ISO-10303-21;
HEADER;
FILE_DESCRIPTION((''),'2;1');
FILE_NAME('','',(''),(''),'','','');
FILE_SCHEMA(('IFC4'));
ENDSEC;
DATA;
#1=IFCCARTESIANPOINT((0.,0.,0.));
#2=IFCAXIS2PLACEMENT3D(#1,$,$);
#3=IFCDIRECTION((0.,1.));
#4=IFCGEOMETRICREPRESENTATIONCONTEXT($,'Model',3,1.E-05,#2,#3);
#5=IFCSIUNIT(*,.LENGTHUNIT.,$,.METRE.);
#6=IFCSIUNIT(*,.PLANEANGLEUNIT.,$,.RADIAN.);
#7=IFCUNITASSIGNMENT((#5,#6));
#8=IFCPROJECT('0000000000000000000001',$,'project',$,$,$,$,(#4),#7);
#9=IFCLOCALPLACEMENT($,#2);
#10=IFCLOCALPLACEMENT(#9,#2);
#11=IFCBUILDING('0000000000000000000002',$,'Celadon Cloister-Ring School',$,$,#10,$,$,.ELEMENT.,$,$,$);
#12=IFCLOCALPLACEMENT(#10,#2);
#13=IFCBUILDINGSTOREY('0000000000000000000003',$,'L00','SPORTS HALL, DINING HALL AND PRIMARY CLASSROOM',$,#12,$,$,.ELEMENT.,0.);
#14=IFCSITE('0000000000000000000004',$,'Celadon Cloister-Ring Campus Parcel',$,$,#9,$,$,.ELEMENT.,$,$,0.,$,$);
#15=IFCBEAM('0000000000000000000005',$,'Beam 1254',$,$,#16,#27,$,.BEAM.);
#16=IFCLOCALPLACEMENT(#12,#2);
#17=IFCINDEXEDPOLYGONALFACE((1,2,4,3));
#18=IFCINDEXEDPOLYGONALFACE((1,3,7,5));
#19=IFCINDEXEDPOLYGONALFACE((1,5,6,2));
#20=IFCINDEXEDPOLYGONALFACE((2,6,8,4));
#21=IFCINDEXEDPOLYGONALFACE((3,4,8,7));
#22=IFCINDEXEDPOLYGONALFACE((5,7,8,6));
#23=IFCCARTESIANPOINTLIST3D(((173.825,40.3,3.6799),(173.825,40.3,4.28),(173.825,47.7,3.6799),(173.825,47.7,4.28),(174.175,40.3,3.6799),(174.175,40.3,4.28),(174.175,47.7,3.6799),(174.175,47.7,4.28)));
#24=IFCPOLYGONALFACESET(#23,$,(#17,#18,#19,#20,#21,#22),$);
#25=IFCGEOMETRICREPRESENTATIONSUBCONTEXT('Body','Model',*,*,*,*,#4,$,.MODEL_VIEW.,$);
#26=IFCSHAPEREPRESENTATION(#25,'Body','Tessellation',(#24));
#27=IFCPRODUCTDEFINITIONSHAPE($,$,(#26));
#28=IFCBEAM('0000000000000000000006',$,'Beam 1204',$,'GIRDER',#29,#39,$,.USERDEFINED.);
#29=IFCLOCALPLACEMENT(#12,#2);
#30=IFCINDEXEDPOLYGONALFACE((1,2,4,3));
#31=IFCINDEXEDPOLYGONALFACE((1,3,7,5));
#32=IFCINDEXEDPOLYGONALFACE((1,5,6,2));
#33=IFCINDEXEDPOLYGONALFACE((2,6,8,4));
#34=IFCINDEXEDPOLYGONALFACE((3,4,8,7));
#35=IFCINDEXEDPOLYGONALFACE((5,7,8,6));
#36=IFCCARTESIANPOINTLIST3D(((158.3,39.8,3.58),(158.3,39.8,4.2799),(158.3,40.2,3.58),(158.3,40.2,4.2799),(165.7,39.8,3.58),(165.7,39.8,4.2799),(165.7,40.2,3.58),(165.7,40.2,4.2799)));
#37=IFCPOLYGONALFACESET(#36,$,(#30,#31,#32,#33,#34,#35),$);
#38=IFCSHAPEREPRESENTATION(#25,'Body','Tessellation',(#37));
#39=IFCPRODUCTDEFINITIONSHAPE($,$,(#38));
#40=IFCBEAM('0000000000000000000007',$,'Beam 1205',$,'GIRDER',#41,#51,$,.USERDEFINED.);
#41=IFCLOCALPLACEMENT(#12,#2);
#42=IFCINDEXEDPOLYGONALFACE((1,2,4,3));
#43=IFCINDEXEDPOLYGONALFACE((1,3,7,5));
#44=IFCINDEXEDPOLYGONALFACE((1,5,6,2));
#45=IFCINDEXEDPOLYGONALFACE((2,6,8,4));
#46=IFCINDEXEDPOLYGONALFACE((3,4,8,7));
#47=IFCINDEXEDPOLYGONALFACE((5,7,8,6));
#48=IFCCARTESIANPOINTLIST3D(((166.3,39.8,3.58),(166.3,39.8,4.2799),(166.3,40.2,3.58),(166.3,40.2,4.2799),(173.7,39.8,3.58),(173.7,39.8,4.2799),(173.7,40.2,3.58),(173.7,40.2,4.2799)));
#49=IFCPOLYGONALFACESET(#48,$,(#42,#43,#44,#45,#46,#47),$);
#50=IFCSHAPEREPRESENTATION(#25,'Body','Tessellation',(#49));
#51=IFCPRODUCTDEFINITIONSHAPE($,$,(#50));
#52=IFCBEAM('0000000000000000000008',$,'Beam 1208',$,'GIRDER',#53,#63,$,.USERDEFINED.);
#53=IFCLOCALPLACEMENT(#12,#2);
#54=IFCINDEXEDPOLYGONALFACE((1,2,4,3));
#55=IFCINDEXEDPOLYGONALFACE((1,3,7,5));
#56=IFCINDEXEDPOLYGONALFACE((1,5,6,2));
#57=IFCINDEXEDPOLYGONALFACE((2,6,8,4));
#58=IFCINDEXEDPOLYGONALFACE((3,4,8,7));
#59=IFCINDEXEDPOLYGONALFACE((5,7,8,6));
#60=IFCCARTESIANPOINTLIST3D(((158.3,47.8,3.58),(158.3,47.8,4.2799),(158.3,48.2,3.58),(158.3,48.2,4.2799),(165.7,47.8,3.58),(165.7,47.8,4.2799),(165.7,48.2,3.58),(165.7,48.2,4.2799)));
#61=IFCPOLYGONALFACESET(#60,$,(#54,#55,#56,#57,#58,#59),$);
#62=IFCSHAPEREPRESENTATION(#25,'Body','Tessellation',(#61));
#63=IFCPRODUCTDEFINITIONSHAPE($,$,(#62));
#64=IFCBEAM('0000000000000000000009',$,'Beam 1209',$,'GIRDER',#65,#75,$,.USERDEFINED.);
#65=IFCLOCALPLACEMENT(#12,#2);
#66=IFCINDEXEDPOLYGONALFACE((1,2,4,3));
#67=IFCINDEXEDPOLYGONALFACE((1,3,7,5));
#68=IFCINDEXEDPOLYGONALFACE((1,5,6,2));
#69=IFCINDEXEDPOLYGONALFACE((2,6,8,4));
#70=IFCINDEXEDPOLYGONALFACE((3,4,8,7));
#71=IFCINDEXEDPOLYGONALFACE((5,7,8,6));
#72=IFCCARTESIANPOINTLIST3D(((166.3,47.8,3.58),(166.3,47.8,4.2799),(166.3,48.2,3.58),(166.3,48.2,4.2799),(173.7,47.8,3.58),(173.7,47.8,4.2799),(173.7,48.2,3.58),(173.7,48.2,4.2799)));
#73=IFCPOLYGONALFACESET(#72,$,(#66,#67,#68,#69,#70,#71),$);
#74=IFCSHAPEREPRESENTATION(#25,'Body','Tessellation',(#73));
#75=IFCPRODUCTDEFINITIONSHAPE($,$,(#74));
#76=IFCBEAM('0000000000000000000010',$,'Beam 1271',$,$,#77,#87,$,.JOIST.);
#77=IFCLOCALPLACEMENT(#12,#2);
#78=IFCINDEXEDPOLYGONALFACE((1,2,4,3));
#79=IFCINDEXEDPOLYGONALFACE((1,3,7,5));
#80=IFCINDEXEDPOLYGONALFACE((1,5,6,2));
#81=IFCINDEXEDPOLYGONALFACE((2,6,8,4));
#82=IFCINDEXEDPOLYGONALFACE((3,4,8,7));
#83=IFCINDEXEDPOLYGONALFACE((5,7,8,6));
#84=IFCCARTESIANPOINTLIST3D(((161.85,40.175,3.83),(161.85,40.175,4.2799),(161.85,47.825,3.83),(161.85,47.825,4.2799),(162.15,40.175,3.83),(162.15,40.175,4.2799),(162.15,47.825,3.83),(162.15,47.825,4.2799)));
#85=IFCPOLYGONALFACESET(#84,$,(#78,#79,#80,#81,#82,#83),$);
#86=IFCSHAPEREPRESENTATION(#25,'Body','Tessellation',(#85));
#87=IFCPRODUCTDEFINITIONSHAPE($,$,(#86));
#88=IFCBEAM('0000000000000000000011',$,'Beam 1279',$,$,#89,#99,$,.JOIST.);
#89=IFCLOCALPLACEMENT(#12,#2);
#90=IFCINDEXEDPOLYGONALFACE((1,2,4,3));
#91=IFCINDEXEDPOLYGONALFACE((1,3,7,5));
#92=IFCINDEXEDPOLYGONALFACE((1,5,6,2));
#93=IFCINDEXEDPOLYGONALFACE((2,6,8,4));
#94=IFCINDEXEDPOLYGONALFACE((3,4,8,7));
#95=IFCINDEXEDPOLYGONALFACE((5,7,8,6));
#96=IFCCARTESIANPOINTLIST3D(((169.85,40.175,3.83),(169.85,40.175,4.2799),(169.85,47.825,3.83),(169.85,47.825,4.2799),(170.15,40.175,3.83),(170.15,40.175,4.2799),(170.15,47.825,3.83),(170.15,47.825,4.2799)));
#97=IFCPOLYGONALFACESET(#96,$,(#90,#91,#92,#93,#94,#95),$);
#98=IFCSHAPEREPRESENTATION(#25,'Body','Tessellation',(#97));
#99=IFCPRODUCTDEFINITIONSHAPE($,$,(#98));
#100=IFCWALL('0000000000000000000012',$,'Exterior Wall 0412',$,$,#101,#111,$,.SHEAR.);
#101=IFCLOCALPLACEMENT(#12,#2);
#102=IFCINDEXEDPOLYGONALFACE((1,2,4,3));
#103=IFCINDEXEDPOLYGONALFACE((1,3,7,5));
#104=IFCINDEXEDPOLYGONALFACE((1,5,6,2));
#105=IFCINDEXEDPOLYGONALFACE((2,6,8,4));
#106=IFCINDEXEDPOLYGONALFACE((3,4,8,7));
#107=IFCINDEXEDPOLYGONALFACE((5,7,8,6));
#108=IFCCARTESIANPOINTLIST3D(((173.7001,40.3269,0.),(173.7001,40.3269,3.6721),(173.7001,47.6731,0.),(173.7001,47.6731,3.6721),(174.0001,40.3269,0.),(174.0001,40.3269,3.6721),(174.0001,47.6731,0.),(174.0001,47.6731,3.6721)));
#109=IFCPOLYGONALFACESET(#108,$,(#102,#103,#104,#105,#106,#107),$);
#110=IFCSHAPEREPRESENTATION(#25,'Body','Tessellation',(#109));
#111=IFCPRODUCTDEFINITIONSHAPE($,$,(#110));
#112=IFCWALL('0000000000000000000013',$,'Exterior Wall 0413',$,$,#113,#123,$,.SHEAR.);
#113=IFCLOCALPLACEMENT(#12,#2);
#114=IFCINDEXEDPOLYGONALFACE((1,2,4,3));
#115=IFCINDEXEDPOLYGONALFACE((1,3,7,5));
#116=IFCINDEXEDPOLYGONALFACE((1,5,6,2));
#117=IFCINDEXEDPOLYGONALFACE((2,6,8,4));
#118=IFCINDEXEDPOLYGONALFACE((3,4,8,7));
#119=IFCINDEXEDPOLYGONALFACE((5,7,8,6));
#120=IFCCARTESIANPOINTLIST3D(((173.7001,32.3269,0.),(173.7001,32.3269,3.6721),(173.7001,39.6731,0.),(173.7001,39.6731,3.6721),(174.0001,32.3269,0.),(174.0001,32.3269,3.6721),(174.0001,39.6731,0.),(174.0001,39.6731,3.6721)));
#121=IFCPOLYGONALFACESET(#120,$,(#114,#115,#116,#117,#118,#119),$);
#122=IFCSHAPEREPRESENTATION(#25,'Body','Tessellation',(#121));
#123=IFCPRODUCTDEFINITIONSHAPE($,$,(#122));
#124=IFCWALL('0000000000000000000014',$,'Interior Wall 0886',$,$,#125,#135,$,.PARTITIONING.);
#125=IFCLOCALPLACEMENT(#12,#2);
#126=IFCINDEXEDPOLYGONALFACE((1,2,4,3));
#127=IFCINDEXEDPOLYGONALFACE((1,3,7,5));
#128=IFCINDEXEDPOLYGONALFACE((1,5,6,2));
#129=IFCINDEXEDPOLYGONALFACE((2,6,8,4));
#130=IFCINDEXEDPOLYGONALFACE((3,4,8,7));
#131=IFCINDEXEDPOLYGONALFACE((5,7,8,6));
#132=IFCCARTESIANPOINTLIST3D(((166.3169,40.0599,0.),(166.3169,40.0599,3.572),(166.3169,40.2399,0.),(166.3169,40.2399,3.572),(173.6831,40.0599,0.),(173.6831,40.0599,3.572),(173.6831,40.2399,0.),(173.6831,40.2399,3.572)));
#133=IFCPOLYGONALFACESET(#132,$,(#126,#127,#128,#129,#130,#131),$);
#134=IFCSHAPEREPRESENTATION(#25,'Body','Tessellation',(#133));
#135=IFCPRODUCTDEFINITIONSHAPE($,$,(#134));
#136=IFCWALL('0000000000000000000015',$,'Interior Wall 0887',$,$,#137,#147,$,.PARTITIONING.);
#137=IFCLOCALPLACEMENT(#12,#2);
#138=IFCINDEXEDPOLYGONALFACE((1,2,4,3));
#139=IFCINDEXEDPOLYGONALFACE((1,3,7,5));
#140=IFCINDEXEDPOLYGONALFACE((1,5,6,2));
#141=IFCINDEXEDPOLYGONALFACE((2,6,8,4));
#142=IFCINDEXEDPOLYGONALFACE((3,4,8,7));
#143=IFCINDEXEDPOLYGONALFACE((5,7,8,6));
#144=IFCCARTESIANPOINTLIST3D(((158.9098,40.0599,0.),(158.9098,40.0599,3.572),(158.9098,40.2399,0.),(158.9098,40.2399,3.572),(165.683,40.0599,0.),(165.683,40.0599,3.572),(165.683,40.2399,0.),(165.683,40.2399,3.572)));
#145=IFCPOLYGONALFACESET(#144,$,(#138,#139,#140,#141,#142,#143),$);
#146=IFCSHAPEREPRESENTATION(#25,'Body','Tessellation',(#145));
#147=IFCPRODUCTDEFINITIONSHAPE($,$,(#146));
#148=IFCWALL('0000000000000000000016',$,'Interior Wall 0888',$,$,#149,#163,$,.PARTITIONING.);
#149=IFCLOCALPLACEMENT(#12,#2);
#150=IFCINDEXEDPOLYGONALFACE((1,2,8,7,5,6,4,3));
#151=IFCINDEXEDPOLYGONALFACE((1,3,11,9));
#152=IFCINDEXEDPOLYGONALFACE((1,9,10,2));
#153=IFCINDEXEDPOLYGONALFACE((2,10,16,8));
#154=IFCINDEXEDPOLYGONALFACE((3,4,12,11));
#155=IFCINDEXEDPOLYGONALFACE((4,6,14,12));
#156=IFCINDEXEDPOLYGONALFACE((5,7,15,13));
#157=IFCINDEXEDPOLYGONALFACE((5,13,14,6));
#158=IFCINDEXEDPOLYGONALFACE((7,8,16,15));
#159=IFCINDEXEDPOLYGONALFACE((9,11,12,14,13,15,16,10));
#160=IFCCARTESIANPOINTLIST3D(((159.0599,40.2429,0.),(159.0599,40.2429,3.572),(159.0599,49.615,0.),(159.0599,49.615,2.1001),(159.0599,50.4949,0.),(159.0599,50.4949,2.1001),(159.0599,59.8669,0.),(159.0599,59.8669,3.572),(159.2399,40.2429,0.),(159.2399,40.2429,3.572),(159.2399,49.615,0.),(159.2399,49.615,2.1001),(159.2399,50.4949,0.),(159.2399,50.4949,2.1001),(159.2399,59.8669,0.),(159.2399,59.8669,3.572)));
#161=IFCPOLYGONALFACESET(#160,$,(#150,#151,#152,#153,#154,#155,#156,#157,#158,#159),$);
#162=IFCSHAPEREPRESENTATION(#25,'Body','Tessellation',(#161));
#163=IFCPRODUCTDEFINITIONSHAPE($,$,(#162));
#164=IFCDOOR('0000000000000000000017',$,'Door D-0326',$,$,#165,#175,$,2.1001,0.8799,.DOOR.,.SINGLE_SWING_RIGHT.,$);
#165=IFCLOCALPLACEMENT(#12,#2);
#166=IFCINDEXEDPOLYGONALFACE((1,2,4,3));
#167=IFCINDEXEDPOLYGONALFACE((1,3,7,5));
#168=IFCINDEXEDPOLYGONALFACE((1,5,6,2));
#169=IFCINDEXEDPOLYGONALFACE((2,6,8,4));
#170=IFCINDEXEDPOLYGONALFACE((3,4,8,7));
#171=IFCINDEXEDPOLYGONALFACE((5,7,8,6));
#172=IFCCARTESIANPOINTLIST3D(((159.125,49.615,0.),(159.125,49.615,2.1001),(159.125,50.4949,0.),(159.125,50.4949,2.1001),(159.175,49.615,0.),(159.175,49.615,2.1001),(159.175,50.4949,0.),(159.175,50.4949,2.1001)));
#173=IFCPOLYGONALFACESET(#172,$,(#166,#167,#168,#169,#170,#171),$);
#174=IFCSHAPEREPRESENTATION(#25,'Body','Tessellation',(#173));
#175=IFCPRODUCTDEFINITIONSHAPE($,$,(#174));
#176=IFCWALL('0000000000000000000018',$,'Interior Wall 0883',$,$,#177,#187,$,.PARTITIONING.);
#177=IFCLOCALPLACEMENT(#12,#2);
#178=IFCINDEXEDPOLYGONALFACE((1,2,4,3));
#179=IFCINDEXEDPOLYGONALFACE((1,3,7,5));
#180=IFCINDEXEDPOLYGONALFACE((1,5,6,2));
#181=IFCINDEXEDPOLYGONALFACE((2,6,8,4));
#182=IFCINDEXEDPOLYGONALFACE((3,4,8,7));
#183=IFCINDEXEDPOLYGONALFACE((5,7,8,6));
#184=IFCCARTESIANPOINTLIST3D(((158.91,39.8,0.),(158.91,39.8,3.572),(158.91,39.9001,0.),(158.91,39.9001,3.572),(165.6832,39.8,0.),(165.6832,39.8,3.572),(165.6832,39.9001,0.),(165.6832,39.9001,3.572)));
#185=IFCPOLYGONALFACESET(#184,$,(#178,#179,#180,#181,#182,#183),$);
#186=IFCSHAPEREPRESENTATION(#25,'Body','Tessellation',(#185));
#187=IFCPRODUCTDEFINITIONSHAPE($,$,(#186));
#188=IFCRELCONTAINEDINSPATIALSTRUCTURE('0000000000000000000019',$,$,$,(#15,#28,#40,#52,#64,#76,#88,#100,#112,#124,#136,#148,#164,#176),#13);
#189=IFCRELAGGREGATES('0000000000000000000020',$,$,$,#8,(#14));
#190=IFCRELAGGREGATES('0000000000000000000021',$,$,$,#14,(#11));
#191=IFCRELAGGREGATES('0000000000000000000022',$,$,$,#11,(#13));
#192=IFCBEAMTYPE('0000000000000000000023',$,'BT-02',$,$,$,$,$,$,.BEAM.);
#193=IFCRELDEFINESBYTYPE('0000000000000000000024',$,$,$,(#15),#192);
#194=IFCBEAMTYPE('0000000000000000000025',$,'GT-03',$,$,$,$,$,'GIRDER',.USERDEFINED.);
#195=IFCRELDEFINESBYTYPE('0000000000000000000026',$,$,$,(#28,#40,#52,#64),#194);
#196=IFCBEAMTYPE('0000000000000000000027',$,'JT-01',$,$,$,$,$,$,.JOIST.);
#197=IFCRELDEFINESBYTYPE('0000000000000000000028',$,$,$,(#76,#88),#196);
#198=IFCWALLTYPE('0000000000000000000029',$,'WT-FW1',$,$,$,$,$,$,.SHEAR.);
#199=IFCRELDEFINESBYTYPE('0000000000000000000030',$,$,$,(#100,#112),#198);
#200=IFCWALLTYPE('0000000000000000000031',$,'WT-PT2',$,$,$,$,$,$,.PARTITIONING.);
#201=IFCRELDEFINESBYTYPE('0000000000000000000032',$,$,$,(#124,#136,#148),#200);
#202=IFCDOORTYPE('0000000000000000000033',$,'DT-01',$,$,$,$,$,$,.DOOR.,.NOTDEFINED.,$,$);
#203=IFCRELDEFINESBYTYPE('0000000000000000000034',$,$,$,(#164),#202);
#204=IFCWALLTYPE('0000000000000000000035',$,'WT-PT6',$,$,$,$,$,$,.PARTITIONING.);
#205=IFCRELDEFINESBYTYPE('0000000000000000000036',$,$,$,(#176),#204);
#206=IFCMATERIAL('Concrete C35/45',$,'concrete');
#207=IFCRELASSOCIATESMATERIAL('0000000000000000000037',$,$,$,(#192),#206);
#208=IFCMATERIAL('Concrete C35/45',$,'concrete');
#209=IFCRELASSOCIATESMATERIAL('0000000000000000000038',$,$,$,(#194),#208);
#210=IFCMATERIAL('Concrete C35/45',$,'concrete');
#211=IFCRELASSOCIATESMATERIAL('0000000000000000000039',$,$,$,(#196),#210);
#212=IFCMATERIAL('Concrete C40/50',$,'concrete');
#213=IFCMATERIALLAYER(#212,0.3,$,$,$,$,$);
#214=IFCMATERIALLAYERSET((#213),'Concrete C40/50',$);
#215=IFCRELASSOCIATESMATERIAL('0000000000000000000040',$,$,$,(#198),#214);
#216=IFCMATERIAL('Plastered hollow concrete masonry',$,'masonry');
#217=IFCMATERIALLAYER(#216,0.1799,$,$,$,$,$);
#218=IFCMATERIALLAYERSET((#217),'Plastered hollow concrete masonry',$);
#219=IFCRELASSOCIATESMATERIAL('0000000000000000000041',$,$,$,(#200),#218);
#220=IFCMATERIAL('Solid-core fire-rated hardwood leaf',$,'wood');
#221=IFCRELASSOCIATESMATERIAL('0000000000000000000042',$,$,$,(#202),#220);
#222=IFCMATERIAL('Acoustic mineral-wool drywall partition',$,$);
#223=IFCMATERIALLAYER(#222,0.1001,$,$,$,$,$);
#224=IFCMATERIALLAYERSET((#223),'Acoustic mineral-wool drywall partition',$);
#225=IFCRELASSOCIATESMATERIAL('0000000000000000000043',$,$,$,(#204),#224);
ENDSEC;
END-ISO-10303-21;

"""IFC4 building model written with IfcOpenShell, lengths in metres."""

from ifc_helpers import new_model, si_unit, direction, frame, frame_2d, origin, origin_2d, place, context, subcontext, project, spatial, rectangle, extrude, material, layer, layer_set, material_profile, profile_set, type_object, element, fill, save


model = new_model("IFC4")

# Units and contexts
model_context = context("Model", 3, precision=1e-05, world=origin(), true_north=direction((0.0, 1.0)))
body_context = subcontext(model_context, "Body", "Model", "MODEL_VIEW")
ifc_project = project(units=[si_unit("LENGTHUNIT", "METRE"), si_unit("PLANEANGLEUNIT", "RADIAN")], contexts=[model_context])

# Site, building, storey
site_placement = place(None, origin())
site = spatial("IfcSite", under=ifc_project, at=site_placement, Name="Celadon Cloister-Ring Campus Parcel", CompositionType="ELEMENT", RefElevation=0.0)
building_placement = place(site_placement, origin())
building = spatial("IfcBuilding", under=site, at=building_placement, Name="Celadon Cloister-Ring School", CompositionType="ELEMENT")
storey_placement = place(building_placement, origin())
storey = spatial("IfcBuildingStorey", under=building, at=storey_placement, Name="L00", Description="SPORTS HALL, DINING HALL AND PRIMARY CLASSROOM", CompositionType="ELEMENT", Elevation=0.0)

# Beams
ifc_material_1 = material(Name="Concrete C35/45", Category="concrete")
ifc_material_profile_1 = material_profile(ifc_material_1, rectangle(XDim=0.3501, YDim=0.6001, at=origin_2d()), Name="RC350X600")
ifc_profile_set_1 = profile_set([ifc_material_profile_1], Name="Concrete C35/45")
beam_type_1 = type_object("IfcBeamType", Name="BT-02", PredefinedType="BEAM", material=ifc_profile_set_1)
beam_1_placement = place(storey_placement, frame((174.0, 40.3, 3.98), z_axis=(0.0, 1.0, 0.0), x_axis=(-1.0, 0.0, 0.0)))
element("IfcBeam", 1, at=beam_1_placement, inside=storey, type_object=beam_type_1, Name="Beam 1254", PredefinedType="BEAM", context=body_context, shape_type="SweptSolid", body=[
    extrude(rectangle(XDim=0.3501, YDim=0.6001, at=origin_2d()), origin(), (0.0, 0.0, 1.0), 7.3999),
])
ifc_material_2 = material(Name="Concrete C35/45", Category="concrete")
ifc_material_profile_2 = material_profile(ifc_material_2, rectangle(XDim=0.3999, YDim=0.7, at=origin_2d()), Name="RC400X700")
ifc_profile_set_2 = profile_set([ifc_material_profile_2], Name="Concrete C35/45")
beam_type_2 = type_object("IfcBeamType", Name="GT-03", ElementType="GIRDER", PredefinedType="USERDEFINED", material=ifc_profile_set_2)
for number, where, z_axis, x_axis, name in (
    (2, (158.3, 40.0, 3.9299), (1.0, 0.0, 0.0), (0.0, 1.0, 0.0), "Beam 1204"),
    (3, (166.3, 40.0, 3.9299), (1.0, 0.0, 0.0), (0.0, 1.0, 0.0), "Beam 1205"),
    (4, (158.3, 48.0, 3.9299), (1.0, 0.0, 0.0), (0.0, 1.0, 0.0), "Beam 1208"),
    (5, (166.3, 48.0, 3.9299), (1.0, 0.0, 0.0), (0.0, 1.0, 0.0), "Beam 1209"),
):
    element("IfcBeam", number, at=place(storey_placement, frame(where, z_axis=z_axis, x_axis=x_axis)), inside=storey, type_object=beam_type_2, Name=name, ObjectType="GIRDER", PredefinedType="USERDEFINED", context=body_context, shape_type="SweptSolid", body=[
        extrude(rectangle(XDim=0.3999, YDim=0.7, at=origin_2d()), origin(), (0.0, 0.0, 1.0), 7.3999),
    ])
ifc_material_3 = material(Name="Concrete C35/45", Category="concrete")
ifc_material_profile_3 = material_profile(ifc_material_3, rectangle(XDim=0.3, YDim=0.45, at=origin_2d()), Name="RC300X450")
ifc_profile_set_3 = profile_set([ifc_material_profile_3], Name="Concrete C35/45")
beam_type_3 = type_object("IfcBeamType", Name="JT-01", PredefinedType="JOIST", material=ifc_profile_set_3)
for number, where, z_axis, x_axis, name in (
    (6, (162.0, 40.175, 4.0549), (0.0, 1.0, 0.0), (-1.0, 0.0, 0.0), "Beam 1271"),
    (7, (170.0, 40.175, 4.0549), (0.0, 1.0, 0.0), (-1.0, 0.0, 0.0), "Beam 1279"),
):
    element("IfcBeam", number, at=place(storey_placement, frame(where, z_axis=z_axis, x_axis=x_axis)), inside=storey, type_object=beam_type_3, Name=name, PredefinedType="JOIST", context=body_context, shape_type="SweptSolid", body=[
        extrude(rectangle(XDim=0.3, YDim=0.45, at=origin_2d()), origin(), (0.0, 0.0, 1.0), 7.6499),
    ])

# Walls
ifc_material_4 = material(Name="Concrete C40/50", Category="concrete")
ifc_layer_1 = layer(ifc_material_4, 0.3)
ifc_layer_set_1 = layer_set([ifc_layer_1], Name="Concrete C40/50")
wall_type_1 = type_object("IfcWallType", Name="WT-FW1", PredefinedType="SHEAR", material=ifc_layer_set_1)
for number, where, z_axis, x_axis, name in (
    (8, (173.8501, 47.6731, 0.0), (0.0, 0.0, 1.0), (0.0, -1.0, 0.0), "Exterior Wall 0412"),
    (9, (173.8501, 39.6731, 0.0), (0.0, 0.0, 1.0), (0.0, -1.0, 0.0), "Exterior Wall 0413"),
):
    element("IfcWall", number, at=place(storey_placement, frame(where, z_axis=z_axis, x_axis=x_axis)), inside=storey, type_object=wall_type_1, Name=name, PredefinedType="SHEAR", context=body_context, shape_type="SweptSolid", body=[
        extrude(rectangle(XDim=7.3462, YDim=0.3, at=frame_2d((3.6731, 0.0))), origin(), (0.0, 0.0, 1.0), 3.6721),
    ])
ifc_material_5 = material(Name="Plastered hollow concrete masonry", Category="masonry")
ifc_layer_2 = layer(ifc_material_5, 0.1799)
ifc_layer_set_2 = layer_set([ifc_layer_2], Name="Plastered hollow concrete masonry")
wall_type_2 = type_object("IfcWallType", Name="WT-PT2", PredefinedType="PARTITIONING", material=ifc_layer_set_2)
wall_1_placement = place(storey_placement, frame((173.6831, 40.1499, 0.0), z_axis=(0.0, 0.0, 1.0), x_axis=(-1.0, 0.0, 0.0)))
element("IfcWall", 10, at=wall_1_placement, inside=storey, type_object=wall_type_2, Name="Interior Wall 0886", PredefinedType="PARTITIONING", context=body_context, shape_type="SweptSolid", body=[
    extrude(rectangle(XDim=7.3662, YDim=0.1799, at=frame_2d((3.6831, 0.0))), origin(), (0.0, 0.0, 1.0), 3.572),
])
wall_2_placement = place(storey_placement, frame((165.6831, 40.1499, 0.0), z_axis=(0.0, 0.0, 1.0), x_axis=(-1.0, 0.0, 0.0)))
element("IfcWall", 11, at=wall_2_placement, inside=storey, type_object=wall_type_2, Name="Interior Wall 0887", PredefinedType="PARTITIONING", context=body_context, shape_type="SweptSolid", body=[
    extrude(rectangle(XDim=6.7732, YDim=0.1799, at=frame_2d((3.3867, 0.0))), origin(), (0.0, 0.0, 1.0), 3.572),
])

# Wall, opening, door
wall_3_placement = place(storey_placement, frame((159.1499, 40.2429, 0.0), z_axis=(0.0, 0.0, 1.0), x_axis=(0.0, 1.0, 0.0)))
wall_3 = element("IfcWall", 12, at=wall_3_placement, inside=storey, type_object=wall_type_2, Name="Interior Wall 0888", PredefinedType="PARTITIONING", context=body_context, shape_type="SweptSolid", body=[
    extrude(rectangle(XDim=19.624, YDim=0.1799, at=frame_2d((9.812, 0.0))), origin(), (0.0, 0.0, 1.0), 3.572),
])
opening_placement = place(wall_3_placement, frame((9.3721, 0.0, 0.0)))
opening = element("IfcOpeningElement", 13, at=opening_placement, cuts=wall_3, PredefinedType="OPENING", context=body_context, shape_type="SweptSolid", body=[
    extrude(rectangle(XDim=0.8799, YDim=2.1001, at=frame_2d((0.4399, 1.05))), frame((0.0, 0.1001, 0.0), z_axis=(0.0, -1.0, 0.0), x_axis=(1.0, 0.0, 0.0)), (0.0, 0.0, 1.0), 0.2),
])
ifc_material_6 = material(Name="Solid-core fire-rated hardwood leaf", Category="wood")
door_type = type_object("IfcDoorType", Name="DT-01", OperationType="NOTDEFINED", PredefinedType="DOOR", material=ifc_material_6)
door_placement = place(opening_placement, origin())
door = element("IfcDoor", 14, at=door_placement, inside=storey, type_object=door_type, Name="Door D-0326", OperationType="SINGLE_SWING_RIGHT", OverallHeight=2.1001, OverallWidth=0.8799, PredefinedType="DOOR", context=body_context, shape_type="SweptSolid", body=[
    extrude(rectangle(XDim=0.8799, YDim=2.1001, at=frame_2d((0.4399, 1.05))), frame((0.0, 0.0249, 0.0), z_axis=(0.0, -1.0, 0.0), x_axis=(1.0, 0.0, 0.0)), (0.0, 0.0, 1.0), 0.05),
])
fill(opening, door)

# Wall
ifc_material_7 = material(Name="Acoustic mineral-wool drywall partition")
ifc_layer_3 = layer(ifc_material_7, 0.1001)
ifc_layer_set_3 = layer_set([ifc_layer_3], Name="Acoustic mineral-wool drywall partition")
wall_type_3 = type_object("IfcWallType", Name="WT-PT6", PredefinedType="PARTITIONING", material=ifc_layer_set_3)
wall_4_placement = place(storey_placement, frame((158.9099, 39.8501, 0.0), z_axis=(0.0, 0.0, 1.0), x_axis=(1.0, 0.0, 0.0)))
element("IfcWall", 15, at=wall_4_placement, inside=storey, type_object=wall_type_3, Name="Interior Wall 0883", PredefinedType="PARTITIONING", context=body_context, shape_type="SweptSolid", body=[
    extrude(rectangle(XDim=6.7732, YDim=0.1001, at=frame_2d((3.3867, 0.0))), origin(), (0.0, 0.0, 1.0), 3.572),
])

save(model, "model.ifc")
